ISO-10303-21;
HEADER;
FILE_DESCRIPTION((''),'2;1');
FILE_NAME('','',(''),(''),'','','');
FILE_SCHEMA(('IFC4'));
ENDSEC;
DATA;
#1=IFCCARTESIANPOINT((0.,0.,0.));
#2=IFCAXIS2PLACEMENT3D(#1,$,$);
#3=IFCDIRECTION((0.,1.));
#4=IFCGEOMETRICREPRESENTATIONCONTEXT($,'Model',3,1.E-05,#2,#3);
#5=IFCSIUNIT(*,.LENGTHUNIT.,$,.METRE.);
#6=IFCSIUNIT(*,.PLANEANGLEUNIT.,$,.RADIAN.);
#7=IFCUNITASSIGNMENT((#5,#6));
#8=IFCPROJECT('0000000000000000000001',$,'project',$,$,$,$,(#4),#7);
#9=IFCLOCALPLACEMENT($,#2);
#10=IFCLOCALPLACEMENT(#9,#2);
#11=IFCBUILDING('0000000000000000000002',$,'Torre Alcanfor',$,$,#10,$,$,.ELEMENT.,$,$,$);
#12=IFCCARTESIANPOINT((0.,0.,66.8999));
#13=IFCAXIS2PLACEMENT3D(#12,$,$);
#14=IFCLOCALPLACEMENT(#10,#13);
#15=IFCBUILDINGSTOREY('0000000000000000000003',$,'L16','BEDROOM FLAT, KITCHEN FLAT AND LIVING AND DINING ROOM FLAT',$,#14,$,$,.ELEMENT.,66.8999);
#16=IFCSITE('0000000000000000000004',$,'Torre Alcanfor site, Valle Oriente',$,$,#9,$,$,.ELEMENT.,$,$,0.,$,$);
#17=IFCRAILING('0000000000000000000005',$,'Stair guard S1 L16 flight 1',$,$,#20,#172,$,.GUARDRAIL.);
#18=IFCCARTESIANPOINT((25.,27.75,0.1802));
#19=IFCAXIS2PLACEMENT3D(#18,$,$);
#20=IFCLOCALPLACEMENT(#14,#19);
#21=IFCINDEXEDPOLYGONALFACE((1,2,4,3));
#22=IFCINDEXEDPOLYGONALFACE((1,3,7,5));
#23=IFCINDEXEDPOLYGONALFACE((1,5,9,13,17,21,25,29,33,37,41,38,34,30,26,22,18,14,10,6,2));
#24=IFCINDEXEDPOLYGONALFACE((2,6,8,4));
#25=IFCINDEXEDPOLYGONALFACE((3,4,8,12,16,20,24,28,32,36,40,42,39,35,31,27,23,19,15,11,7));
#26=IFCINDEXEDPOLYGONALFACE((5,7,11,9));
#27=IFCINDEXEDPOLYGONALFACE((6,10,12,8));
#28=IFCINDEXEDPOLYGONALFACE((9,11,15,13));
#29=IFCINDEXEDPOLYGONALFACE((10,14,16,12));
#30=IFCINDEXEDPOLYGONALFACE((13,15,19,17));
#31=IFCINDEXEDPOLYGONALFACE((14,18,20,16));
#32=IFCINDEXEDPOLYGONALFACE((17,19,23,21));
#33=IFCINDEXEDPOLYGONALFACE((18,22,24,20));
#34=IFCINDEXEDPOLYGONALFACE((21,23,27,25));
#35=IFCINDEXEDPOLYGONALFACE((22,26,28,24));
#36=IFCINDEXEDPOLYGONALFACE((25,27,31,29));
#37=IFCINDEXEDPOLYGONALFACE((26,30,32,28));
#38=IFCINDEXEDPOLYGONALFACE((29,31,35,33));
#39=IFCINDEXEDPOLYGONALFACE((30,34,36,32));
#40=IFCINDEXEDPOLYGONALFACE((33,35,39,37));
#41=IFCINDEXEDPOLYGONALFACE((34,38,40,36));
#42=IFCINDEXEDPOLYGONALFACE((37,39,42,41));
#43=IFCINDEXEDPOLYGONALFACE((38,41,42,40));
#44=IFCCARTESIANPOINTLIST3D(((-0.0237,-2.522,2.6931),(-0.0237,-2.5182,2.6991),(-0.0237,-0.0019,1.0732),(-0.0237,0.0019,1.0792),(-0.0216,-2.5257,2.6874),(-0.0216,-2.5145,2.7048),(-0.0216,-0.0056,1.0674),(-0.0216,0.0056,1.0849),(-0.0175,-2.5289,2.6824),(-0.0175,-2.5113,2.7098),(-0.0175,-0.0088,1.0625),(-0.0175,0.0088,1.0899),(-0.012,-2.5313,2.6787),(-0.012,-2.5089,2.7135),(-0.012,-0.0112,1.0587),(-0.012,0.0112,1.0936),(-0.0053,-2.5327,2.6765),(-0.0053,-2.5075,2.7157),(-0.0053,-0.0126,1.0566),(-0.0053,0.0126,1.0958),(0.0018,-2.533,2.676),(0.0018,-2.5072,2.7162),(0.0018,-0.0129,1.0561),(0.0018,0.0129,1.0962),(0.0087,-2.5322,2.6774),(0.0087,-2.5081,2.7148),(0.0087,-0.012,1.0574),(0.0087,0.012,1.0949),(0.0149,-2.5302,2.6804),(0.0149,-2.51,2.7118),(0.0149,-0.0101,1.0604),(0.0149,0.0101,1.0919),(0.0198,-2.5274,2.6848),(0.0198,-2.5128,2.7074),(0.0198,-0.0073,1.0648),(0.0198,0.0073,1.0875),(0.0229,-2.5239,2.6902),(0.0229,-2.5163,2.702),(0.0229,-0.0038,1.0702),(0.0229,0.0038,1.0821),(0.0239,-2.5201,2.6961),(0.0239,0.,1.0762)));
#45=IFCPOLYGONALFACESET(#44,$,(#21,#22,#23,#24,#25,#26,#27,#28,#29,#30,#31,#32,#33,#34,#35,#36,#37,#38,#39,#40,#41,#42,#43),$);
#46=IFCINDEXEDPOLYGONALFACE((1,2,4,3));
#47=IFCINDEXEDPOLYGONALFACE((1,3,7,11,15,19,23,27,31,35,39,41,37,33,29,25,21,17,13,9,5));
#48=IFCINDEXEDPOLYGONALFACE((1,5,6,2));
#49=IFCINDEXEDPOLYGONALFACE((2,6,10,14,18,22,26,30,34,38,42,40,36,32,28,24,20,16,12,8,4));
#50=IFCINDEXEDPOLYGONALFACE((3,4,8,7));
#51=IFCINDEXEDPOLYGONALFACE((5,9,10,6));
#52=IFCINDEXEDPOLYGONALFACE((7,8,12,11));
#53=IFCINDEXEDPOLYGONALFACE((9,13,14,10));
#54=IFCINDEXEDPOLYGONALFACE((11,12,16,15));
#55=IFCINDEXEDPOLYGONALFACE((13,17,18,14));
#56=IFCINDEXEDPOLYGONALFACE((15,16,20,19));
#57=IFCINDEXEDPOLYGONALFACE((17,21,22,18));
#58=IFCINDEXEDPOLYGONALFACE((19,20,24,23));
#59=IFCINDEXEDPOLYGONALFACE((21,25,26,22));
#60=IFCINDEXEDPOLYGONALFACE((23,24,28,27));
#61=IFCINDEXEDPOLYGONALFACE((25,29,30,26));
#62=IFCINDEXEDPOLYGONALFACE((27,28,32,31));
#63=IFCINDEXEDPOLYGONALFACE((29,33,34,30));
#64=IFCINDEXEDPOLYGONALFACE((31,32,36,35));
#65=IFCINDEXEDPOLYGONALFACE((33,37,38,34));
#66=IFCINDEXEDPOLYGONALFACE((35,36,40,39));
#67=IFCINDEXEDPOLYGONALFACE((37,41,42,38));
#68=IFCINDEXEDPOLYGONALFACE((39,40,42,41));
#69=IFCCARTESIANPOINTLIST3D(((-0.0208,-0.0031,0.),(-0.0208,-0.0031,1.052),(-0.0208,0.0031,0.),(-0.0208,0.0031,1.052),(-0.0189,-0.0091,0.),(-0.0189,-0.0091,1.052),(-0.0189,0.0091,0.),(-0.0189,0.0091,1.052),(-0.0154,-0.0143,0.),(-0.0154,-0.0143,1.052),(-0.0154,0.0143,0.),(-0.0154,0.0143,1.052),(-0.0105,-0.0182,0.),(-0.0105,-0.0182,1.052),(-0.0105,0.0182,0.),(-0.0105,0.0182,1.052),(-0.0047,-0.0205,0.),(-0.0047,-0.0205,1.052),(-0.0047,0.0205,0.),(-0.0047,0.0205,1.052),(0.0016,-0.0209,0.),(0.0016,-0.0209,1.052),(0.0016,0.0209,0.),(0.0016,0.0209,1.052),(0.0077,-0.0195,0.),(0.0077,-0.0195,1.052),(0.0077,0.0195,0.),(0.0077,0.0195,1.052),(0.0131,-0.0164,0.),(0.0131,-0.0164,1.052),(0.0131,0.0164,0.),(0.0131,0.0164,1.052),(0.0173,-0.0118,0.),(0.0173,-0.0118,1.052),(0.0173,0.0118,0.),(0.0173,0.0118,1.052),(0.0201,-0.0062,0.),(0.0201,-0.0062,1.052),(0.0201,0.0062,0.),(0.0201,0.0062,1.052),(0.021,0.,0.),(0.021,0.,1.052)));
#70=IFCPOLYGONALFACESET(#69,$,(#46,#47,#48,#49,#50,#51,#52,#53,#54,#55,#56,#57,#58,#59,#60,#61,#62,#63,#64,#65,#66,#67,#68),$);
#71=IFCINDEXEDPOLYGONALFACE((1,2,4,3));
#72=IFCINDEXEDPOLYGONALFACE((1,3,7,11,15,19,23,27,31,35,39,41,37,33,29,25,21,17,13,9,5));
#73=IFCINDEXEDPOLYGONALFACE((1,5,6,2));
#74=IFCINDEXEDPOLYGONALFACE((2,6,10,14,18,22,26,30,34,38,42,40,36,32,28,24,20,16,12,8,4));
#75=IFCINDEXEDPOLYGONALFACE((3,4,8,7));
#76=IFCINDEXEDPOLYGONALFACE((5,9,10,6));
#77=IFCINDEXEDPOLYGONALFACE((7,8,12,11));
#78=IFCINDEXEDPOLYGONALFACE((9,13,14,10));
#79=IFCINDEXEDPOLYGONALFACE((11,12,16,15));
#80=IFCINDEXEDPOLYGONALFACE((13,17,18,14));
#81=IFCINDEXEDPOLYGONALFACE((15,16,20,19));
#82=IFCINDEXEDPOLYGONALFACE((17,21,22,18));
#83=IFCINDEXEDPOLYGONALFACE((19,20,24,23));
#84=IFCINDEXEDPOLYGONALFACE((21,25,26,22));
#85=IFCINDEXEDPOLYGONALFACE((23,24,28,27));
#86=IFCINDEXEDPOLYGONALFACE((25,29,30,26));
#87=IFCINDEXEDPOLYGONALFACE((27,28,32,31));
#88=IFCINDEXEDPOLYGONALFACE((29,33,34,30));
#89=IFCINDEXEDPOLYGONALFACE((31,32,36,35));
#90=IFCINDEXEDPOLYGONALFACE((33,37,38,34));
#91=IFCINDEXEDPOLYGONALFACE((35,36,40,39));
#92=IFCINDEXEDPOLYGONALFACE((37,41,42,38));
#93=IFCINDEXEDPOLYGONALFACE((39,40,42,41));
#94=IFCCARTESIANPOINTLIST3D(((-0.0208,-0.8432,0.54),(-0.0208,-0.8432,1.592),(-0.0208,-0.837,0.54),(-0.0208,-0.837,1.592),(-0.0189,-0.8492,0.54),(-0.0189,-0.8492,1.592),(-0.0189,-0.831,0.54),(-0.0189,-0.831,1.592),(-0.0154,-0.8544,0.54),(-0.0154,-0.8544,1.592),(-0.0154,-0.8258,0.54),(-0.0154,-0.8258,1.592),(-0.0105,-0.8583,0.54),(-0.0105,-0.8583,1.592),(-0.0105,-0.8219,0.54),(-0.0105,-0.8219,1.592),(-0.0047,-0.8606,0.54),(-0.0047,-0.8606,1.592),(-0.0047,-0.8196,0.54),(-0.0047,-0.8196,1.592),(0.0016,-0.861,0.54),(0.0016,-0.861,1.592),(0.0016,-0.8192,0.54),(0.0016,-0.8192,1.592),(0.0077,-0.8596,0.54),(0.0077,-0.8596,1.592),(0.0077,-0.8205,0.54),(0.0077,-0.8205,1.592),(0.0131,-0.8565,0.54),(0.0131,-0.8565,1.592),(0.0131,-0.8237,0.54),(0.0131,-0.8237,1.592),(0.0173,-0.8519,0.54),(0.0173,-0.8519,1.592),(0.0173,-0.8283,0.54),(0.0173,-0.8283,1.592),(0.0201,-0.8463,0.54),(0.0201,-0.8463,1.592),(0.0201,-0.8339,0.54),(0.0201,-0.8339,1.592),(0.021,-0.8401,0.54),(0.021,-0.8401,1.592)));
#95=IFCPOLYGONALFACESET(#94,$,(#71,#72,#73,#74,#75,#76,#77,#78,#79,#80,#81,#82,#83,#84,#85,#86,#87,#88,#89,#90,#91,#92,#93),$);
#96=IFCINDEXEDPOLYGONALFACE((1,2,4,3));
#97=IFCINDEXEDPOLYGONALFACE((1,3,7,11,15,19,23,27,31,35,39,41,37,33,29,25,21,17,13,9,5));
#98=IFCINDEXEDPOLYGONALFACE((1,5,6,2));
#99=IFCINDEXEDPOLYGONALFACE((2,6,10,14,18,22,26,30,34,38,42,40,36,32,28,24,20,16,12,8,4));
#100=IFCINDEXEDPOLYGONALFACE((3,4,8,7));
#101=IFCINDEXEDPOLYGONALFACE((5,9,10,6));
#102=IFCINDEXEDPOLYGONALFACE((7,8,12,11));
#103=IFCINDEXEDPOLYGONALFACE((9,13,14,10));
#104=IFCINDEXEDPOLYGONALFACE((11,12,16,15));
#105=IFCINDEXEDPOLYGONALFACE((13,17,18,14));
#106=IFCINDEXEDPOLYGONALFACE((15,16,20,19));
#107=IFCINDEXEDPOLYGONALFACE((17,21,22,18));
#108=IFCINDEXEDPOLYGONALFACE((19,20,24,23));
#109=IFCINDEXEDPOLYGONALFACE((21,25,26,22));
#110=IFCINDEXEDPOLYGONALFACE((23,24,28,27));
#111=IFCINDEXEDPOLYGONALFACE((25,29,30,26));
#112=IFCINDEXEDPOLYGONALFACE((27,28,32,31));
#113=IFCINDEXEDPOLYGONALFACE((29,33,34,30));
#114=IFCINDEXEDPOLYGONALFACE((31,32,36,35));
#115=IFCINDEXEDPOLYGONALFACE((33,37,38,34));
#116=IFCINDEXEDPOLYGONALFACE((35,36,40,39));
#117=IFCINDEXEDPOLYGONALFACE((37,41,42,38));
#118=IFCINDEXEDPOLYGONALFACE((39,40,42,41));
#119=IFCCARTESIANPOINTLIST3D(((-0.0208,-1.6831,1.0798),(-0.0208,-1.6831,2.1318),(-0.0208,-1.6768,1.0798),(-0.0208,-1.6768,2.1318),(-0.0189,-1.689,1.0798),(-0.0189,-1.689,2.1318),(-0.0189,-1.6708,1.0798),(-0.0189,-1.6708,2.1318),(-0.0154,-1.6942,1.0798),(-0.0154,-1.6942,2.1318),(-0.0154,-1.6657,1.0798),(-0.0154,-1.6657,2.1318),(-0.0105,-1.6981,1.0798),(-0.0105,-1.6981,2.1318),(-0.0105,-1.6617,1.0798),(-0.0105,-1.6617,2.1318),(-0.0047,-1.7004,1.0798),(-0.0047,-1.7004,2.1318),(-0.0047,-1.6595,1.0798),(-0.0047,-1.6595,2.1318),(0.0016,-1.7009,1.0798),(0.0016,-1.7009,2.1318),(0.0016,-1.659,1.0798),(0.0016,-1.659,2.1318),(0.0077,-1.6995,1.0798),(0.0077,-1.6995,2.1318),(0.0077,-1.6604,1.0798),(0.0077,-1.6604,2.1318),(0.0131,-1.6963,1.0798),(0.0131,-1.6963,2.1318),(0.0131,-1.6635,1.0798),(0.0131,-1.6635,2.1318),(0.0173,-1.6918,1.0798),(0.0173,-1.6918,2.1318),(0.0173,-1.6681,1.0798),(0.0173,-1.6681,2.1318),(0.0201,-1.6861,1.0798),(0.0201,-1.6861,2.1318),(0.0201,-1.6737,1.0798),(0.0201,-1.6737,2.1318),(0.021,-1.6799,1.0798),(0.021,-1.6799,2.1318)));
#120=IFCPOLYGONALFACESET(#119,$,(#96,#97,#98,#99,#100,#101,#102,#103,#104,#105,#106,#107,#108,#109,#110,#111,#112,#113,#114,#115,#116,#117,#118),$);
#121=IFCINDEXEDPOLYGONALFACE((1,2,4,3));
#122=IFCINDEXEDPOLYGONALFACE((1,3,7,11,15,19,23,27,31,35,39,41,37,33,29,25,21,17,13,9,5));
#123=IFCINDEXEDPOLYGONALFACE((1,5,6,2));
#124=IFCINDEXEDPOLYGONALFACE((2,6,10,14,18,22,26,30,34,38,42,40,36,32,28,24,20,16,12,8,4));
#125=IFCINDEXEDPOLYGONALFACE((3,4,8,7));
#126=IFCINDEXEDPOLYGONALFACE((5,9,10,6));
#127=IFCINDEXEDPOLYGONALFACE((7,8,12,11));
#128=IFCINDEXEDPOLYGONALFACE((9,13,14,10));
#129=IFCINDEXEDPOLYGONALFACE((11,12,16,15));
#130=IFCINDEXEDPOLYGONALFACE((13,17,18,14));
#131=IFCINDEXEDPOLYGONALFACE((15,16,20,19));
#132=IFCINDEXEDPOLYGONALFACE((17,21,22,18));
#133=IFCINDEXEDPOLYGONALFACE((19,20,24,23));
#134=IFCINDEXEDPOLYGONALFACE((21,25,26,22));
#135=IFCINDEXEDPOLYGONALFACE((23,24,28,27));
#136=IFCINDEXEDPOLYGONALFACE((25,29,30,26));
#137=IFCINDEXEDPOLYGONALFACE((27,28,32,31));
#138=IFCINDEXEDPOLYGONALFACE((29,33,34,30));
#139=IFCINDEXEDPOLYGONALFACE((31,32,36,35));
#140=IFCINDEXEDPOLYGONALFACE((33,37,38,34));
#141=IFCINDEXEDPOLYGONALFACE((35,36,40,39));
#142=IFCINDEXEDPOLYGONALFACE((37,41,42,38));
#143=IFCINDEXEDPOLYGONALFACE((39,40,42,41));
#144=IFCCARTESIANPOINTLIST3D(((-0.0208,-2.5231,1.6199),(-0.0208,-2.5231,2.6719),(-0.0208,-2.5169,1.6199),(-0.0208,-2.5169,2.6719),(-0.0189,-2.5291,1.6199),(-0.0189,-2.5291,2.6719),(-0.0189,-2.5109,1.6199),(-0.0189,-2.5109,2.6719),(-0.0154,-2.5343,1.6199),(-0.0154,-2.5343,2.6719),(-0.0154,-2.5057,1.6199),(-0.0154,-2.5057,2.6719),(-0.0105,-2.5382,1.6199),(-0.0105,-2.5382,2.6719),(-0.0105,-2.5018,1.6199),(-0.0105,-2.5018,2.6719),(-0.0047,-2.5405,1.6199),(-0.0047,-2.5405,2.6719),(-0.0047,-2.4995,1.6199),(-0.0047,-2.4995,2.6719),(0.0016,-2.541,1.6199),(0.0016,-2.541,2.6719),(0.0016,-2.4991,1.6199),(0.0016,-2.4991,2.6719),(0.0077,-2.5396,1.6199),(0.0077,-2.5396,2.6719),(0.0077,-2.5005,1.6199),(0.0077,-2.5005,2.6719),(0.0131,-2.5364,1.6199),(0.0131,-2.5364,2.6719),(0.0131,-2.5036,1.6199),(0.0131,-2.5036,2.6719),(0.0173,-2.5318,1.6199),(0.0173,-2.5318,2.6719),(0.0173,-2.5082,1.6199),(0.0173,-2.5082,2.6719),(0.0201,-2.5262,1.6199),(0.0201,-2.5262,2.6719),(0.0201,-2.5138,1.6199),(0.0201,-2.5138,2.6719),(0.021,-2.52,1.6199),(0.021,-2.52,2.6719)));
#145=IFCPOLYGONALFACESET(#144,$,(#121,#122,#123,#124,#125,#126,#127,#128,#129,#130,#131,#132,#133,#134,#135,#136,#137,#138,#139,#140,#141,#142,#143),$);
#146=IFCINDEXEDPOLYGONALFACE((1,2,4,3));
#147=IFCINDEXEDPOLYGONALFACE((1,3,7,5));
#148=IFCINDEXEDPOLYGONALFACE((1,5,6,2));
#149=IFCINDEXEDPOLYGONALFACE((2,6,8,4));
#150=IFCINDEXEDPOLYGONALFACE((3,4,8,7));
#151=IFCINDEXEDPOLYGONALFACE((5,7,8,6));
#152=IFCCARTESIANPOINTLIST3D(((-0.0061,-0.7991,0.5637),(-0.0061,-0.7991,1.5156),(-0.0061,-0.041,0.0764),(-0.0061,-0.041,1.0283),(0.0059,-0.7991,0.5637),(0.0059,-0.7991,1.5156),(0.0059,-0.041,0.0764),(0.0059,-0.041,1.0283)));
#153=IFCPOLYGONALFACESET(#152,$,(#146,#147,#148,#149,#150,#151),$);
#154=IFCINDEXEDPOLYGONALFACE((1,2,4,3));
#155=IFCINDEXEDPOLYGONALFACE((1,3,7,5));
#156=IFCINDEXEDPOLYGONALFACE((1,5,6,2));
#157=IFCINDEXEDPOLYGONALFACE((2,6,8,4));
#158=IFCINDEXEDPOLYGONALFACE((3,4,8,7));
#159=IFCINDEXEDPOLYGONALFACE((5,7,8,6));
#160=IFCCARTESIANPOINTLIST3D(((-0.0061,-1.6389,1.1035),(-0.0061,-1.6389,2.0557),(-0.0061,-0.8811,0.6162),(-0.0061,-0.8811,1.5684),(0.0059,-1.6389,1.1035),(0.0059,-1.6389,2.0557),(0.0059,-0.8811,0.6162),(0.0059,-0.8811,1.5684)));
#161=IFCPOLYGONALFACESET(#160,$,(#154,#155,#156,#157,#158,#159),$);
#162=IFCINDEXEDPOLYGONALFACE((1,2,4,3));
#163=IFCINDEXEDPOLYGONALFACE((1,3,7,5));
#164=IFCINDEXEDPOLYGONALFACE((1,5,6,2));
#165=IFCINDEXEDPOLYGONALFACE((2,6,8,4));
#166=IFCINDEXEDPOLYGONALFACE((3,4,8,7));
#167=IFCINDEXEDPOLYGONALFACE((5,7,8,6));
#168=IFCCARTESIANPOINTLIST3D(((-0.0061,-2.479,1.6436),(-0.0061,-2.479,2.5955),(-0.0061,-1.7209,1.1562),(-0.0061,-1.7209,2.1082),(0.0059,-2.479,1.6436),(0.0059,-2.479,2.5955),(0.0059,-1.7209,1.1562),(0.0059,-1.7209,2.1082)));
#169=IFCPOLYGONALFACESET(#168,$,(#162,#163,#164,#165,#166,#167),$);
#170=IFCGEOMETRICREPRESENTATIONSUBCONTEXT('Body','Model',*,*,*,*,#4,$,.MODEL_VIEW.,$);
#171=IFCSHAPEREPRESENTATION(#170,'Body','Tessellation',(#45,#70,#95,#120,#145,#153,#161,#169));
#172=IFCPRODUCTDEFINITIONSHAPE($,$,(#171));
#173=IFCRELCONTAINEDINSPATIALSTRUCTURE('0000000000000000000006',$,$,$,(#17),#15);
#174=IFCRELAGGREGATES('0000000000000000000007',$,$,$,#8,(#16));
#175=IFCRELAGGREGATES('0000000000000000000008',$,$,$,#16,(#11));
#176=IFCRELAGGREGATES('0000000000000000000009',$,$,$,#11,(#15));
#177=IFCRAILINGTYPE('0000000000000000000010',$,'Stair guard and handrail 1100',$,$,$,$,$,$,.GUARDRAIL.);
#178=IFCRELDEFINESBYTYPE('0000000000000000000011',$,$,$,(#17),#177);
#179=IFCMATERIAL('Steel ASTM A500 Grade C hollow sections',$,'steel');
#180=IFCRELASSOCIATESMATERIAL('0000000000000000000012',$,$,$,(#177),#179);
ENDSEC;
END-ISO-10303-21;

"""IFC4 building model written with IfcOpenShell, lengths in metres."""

from ifc_helpers import new_model, si_unit, direction, frame, origin, origin_2d, place, context, subcontext, project, spatial, polyline, circle, outline, extrude, material, type_object, element, save


model = new_model("IFC4")

# Units and contexts
model_context = context("Model", 3, precision=1e-05, world=origin(), true_north=direction((0.0, 1.0)))
body_context = subcontext(model_context, "Body", "Model", "MODEL_VIEW")
ifc_project = project(units=[si_unit("LENGTHUNIT", "METRE"), si_unit("PLANEANGLEUNIT", "RADIAN")], contexts=[model_context])

# Site, building, storey
site_placement = place(None, origin())
site = spatial("IfcSite", under=ifc_project, at=site_placement, Name="Torre Alcanfor site, Valle Oriente", CompositionType="ELEMENT", RefElevation=0.0)
building_placement = place(site_placement, origin())
building = spatial("IfcBuilding", under=site, at=building_placement, Name="Torre Alcanfor", CompositionType="ELEMENT")
storey_placement = place(building_placement, frame((0.0, 0.0, 66.8999)))
storey = spatial("IfcBuildingStorey", under=building, at=storey_placement, Name="L16", Description="BEDROOM FLAT, KITCHEN FLAT AND LIVING AND DINING ROOM FLAT", CompositionType="ELEMENT", Elevation=66.8999)

# Railing
ifc_material_1 = material(Name="Steel ASTM A500 Grade C hollow sections", Category="steel")
railing_type_1 = type_object("IfcRailingType", Name="Stair guard and handrail 1100", PredefinedType="GUARDRAIL", material=ifc_material_1)
railing_1_placement = place(storey_placement, frame((25.0, 27.75, 0.1802)))
element("IfcRailing", 1, at=railing_1_placement, inside=storey, type_object=railing_type_1, Name="Stair guard S1 L16 flight 1", PredefinedType="GUARDRAIL", context=body_context, shape_type="SweptSolid", body=[
    extrude(circle(Radius=0.0239, at=origin_2d()), frame((0.0, 0.0, 1.0762), z_axis=(0.0, -0.8412, 0.540725), x_axis=(1.0, 0.0, 0.0)), (0.0, 0.0, 1.0), 2.9958),
    extrude(circle(Radius=0.021, at=origin_2d()), origin(), (0.0, 0.0, 1.0), 1.052),
    extrude(circle(Radius=0.021, at=origin_2d()), frame((0.0, -0.8401, 0.54)), (0.0, 0.0, 1.0), 1.052),
    extrude(circle(Radius=0.021, at=origin_2d()), frame((0.0, -1.6799, 1.0798)), (0.0, 0.0, 1.0), 1.052),
    extrude(circle(Radius=0.021, at=origin_2d()), frame((0.0, -2.52, 1.6199)), (0.0, 0.0, 1.0), 1.052),
    extrude(outline(polyline([(0.041, 0.0764), (0.7991, 0.5637), (0.7991, 1.5156), (0.041, 1.0283), (0.041, 0.0764)])), frame((0.0059, 0.0, 0.0), z_axis=(-1.0, 0.0, 0.0), x_axis=(0.0, -1.0, 0.0)), (0.0, 0.0, 1.0), 0.012),
    extrude(outline(polyline([(0.8811, 0.6162), (1.6389, 1.1035), (1.6389, 2.0557), (0.8811, 1.5684), (0.8811, 0.6162)])), frame((0.0059, 0.0, 0.0), z_axis=(-1.0, 0.0, 0.0), x_axis=(0.0, -1.0, 0.0)), (0.0, 0.0, 1.0), 0.012),
    extrude(outline(polyline([(1.7209, 1.1562), (2.479, 1.6436), (2.479, 2.5955), (1.7209, 2.1082), (1.7209, 1.1562)])), frame((0.0059, 0.0, 0.0), z_axis=(-1.0, 0.0, 0.0), x_axis=(0.0, -1.0, 0.0)), (0.0, 0.0, 1.0), 0.012),
])

save(model, "model.ifc")
